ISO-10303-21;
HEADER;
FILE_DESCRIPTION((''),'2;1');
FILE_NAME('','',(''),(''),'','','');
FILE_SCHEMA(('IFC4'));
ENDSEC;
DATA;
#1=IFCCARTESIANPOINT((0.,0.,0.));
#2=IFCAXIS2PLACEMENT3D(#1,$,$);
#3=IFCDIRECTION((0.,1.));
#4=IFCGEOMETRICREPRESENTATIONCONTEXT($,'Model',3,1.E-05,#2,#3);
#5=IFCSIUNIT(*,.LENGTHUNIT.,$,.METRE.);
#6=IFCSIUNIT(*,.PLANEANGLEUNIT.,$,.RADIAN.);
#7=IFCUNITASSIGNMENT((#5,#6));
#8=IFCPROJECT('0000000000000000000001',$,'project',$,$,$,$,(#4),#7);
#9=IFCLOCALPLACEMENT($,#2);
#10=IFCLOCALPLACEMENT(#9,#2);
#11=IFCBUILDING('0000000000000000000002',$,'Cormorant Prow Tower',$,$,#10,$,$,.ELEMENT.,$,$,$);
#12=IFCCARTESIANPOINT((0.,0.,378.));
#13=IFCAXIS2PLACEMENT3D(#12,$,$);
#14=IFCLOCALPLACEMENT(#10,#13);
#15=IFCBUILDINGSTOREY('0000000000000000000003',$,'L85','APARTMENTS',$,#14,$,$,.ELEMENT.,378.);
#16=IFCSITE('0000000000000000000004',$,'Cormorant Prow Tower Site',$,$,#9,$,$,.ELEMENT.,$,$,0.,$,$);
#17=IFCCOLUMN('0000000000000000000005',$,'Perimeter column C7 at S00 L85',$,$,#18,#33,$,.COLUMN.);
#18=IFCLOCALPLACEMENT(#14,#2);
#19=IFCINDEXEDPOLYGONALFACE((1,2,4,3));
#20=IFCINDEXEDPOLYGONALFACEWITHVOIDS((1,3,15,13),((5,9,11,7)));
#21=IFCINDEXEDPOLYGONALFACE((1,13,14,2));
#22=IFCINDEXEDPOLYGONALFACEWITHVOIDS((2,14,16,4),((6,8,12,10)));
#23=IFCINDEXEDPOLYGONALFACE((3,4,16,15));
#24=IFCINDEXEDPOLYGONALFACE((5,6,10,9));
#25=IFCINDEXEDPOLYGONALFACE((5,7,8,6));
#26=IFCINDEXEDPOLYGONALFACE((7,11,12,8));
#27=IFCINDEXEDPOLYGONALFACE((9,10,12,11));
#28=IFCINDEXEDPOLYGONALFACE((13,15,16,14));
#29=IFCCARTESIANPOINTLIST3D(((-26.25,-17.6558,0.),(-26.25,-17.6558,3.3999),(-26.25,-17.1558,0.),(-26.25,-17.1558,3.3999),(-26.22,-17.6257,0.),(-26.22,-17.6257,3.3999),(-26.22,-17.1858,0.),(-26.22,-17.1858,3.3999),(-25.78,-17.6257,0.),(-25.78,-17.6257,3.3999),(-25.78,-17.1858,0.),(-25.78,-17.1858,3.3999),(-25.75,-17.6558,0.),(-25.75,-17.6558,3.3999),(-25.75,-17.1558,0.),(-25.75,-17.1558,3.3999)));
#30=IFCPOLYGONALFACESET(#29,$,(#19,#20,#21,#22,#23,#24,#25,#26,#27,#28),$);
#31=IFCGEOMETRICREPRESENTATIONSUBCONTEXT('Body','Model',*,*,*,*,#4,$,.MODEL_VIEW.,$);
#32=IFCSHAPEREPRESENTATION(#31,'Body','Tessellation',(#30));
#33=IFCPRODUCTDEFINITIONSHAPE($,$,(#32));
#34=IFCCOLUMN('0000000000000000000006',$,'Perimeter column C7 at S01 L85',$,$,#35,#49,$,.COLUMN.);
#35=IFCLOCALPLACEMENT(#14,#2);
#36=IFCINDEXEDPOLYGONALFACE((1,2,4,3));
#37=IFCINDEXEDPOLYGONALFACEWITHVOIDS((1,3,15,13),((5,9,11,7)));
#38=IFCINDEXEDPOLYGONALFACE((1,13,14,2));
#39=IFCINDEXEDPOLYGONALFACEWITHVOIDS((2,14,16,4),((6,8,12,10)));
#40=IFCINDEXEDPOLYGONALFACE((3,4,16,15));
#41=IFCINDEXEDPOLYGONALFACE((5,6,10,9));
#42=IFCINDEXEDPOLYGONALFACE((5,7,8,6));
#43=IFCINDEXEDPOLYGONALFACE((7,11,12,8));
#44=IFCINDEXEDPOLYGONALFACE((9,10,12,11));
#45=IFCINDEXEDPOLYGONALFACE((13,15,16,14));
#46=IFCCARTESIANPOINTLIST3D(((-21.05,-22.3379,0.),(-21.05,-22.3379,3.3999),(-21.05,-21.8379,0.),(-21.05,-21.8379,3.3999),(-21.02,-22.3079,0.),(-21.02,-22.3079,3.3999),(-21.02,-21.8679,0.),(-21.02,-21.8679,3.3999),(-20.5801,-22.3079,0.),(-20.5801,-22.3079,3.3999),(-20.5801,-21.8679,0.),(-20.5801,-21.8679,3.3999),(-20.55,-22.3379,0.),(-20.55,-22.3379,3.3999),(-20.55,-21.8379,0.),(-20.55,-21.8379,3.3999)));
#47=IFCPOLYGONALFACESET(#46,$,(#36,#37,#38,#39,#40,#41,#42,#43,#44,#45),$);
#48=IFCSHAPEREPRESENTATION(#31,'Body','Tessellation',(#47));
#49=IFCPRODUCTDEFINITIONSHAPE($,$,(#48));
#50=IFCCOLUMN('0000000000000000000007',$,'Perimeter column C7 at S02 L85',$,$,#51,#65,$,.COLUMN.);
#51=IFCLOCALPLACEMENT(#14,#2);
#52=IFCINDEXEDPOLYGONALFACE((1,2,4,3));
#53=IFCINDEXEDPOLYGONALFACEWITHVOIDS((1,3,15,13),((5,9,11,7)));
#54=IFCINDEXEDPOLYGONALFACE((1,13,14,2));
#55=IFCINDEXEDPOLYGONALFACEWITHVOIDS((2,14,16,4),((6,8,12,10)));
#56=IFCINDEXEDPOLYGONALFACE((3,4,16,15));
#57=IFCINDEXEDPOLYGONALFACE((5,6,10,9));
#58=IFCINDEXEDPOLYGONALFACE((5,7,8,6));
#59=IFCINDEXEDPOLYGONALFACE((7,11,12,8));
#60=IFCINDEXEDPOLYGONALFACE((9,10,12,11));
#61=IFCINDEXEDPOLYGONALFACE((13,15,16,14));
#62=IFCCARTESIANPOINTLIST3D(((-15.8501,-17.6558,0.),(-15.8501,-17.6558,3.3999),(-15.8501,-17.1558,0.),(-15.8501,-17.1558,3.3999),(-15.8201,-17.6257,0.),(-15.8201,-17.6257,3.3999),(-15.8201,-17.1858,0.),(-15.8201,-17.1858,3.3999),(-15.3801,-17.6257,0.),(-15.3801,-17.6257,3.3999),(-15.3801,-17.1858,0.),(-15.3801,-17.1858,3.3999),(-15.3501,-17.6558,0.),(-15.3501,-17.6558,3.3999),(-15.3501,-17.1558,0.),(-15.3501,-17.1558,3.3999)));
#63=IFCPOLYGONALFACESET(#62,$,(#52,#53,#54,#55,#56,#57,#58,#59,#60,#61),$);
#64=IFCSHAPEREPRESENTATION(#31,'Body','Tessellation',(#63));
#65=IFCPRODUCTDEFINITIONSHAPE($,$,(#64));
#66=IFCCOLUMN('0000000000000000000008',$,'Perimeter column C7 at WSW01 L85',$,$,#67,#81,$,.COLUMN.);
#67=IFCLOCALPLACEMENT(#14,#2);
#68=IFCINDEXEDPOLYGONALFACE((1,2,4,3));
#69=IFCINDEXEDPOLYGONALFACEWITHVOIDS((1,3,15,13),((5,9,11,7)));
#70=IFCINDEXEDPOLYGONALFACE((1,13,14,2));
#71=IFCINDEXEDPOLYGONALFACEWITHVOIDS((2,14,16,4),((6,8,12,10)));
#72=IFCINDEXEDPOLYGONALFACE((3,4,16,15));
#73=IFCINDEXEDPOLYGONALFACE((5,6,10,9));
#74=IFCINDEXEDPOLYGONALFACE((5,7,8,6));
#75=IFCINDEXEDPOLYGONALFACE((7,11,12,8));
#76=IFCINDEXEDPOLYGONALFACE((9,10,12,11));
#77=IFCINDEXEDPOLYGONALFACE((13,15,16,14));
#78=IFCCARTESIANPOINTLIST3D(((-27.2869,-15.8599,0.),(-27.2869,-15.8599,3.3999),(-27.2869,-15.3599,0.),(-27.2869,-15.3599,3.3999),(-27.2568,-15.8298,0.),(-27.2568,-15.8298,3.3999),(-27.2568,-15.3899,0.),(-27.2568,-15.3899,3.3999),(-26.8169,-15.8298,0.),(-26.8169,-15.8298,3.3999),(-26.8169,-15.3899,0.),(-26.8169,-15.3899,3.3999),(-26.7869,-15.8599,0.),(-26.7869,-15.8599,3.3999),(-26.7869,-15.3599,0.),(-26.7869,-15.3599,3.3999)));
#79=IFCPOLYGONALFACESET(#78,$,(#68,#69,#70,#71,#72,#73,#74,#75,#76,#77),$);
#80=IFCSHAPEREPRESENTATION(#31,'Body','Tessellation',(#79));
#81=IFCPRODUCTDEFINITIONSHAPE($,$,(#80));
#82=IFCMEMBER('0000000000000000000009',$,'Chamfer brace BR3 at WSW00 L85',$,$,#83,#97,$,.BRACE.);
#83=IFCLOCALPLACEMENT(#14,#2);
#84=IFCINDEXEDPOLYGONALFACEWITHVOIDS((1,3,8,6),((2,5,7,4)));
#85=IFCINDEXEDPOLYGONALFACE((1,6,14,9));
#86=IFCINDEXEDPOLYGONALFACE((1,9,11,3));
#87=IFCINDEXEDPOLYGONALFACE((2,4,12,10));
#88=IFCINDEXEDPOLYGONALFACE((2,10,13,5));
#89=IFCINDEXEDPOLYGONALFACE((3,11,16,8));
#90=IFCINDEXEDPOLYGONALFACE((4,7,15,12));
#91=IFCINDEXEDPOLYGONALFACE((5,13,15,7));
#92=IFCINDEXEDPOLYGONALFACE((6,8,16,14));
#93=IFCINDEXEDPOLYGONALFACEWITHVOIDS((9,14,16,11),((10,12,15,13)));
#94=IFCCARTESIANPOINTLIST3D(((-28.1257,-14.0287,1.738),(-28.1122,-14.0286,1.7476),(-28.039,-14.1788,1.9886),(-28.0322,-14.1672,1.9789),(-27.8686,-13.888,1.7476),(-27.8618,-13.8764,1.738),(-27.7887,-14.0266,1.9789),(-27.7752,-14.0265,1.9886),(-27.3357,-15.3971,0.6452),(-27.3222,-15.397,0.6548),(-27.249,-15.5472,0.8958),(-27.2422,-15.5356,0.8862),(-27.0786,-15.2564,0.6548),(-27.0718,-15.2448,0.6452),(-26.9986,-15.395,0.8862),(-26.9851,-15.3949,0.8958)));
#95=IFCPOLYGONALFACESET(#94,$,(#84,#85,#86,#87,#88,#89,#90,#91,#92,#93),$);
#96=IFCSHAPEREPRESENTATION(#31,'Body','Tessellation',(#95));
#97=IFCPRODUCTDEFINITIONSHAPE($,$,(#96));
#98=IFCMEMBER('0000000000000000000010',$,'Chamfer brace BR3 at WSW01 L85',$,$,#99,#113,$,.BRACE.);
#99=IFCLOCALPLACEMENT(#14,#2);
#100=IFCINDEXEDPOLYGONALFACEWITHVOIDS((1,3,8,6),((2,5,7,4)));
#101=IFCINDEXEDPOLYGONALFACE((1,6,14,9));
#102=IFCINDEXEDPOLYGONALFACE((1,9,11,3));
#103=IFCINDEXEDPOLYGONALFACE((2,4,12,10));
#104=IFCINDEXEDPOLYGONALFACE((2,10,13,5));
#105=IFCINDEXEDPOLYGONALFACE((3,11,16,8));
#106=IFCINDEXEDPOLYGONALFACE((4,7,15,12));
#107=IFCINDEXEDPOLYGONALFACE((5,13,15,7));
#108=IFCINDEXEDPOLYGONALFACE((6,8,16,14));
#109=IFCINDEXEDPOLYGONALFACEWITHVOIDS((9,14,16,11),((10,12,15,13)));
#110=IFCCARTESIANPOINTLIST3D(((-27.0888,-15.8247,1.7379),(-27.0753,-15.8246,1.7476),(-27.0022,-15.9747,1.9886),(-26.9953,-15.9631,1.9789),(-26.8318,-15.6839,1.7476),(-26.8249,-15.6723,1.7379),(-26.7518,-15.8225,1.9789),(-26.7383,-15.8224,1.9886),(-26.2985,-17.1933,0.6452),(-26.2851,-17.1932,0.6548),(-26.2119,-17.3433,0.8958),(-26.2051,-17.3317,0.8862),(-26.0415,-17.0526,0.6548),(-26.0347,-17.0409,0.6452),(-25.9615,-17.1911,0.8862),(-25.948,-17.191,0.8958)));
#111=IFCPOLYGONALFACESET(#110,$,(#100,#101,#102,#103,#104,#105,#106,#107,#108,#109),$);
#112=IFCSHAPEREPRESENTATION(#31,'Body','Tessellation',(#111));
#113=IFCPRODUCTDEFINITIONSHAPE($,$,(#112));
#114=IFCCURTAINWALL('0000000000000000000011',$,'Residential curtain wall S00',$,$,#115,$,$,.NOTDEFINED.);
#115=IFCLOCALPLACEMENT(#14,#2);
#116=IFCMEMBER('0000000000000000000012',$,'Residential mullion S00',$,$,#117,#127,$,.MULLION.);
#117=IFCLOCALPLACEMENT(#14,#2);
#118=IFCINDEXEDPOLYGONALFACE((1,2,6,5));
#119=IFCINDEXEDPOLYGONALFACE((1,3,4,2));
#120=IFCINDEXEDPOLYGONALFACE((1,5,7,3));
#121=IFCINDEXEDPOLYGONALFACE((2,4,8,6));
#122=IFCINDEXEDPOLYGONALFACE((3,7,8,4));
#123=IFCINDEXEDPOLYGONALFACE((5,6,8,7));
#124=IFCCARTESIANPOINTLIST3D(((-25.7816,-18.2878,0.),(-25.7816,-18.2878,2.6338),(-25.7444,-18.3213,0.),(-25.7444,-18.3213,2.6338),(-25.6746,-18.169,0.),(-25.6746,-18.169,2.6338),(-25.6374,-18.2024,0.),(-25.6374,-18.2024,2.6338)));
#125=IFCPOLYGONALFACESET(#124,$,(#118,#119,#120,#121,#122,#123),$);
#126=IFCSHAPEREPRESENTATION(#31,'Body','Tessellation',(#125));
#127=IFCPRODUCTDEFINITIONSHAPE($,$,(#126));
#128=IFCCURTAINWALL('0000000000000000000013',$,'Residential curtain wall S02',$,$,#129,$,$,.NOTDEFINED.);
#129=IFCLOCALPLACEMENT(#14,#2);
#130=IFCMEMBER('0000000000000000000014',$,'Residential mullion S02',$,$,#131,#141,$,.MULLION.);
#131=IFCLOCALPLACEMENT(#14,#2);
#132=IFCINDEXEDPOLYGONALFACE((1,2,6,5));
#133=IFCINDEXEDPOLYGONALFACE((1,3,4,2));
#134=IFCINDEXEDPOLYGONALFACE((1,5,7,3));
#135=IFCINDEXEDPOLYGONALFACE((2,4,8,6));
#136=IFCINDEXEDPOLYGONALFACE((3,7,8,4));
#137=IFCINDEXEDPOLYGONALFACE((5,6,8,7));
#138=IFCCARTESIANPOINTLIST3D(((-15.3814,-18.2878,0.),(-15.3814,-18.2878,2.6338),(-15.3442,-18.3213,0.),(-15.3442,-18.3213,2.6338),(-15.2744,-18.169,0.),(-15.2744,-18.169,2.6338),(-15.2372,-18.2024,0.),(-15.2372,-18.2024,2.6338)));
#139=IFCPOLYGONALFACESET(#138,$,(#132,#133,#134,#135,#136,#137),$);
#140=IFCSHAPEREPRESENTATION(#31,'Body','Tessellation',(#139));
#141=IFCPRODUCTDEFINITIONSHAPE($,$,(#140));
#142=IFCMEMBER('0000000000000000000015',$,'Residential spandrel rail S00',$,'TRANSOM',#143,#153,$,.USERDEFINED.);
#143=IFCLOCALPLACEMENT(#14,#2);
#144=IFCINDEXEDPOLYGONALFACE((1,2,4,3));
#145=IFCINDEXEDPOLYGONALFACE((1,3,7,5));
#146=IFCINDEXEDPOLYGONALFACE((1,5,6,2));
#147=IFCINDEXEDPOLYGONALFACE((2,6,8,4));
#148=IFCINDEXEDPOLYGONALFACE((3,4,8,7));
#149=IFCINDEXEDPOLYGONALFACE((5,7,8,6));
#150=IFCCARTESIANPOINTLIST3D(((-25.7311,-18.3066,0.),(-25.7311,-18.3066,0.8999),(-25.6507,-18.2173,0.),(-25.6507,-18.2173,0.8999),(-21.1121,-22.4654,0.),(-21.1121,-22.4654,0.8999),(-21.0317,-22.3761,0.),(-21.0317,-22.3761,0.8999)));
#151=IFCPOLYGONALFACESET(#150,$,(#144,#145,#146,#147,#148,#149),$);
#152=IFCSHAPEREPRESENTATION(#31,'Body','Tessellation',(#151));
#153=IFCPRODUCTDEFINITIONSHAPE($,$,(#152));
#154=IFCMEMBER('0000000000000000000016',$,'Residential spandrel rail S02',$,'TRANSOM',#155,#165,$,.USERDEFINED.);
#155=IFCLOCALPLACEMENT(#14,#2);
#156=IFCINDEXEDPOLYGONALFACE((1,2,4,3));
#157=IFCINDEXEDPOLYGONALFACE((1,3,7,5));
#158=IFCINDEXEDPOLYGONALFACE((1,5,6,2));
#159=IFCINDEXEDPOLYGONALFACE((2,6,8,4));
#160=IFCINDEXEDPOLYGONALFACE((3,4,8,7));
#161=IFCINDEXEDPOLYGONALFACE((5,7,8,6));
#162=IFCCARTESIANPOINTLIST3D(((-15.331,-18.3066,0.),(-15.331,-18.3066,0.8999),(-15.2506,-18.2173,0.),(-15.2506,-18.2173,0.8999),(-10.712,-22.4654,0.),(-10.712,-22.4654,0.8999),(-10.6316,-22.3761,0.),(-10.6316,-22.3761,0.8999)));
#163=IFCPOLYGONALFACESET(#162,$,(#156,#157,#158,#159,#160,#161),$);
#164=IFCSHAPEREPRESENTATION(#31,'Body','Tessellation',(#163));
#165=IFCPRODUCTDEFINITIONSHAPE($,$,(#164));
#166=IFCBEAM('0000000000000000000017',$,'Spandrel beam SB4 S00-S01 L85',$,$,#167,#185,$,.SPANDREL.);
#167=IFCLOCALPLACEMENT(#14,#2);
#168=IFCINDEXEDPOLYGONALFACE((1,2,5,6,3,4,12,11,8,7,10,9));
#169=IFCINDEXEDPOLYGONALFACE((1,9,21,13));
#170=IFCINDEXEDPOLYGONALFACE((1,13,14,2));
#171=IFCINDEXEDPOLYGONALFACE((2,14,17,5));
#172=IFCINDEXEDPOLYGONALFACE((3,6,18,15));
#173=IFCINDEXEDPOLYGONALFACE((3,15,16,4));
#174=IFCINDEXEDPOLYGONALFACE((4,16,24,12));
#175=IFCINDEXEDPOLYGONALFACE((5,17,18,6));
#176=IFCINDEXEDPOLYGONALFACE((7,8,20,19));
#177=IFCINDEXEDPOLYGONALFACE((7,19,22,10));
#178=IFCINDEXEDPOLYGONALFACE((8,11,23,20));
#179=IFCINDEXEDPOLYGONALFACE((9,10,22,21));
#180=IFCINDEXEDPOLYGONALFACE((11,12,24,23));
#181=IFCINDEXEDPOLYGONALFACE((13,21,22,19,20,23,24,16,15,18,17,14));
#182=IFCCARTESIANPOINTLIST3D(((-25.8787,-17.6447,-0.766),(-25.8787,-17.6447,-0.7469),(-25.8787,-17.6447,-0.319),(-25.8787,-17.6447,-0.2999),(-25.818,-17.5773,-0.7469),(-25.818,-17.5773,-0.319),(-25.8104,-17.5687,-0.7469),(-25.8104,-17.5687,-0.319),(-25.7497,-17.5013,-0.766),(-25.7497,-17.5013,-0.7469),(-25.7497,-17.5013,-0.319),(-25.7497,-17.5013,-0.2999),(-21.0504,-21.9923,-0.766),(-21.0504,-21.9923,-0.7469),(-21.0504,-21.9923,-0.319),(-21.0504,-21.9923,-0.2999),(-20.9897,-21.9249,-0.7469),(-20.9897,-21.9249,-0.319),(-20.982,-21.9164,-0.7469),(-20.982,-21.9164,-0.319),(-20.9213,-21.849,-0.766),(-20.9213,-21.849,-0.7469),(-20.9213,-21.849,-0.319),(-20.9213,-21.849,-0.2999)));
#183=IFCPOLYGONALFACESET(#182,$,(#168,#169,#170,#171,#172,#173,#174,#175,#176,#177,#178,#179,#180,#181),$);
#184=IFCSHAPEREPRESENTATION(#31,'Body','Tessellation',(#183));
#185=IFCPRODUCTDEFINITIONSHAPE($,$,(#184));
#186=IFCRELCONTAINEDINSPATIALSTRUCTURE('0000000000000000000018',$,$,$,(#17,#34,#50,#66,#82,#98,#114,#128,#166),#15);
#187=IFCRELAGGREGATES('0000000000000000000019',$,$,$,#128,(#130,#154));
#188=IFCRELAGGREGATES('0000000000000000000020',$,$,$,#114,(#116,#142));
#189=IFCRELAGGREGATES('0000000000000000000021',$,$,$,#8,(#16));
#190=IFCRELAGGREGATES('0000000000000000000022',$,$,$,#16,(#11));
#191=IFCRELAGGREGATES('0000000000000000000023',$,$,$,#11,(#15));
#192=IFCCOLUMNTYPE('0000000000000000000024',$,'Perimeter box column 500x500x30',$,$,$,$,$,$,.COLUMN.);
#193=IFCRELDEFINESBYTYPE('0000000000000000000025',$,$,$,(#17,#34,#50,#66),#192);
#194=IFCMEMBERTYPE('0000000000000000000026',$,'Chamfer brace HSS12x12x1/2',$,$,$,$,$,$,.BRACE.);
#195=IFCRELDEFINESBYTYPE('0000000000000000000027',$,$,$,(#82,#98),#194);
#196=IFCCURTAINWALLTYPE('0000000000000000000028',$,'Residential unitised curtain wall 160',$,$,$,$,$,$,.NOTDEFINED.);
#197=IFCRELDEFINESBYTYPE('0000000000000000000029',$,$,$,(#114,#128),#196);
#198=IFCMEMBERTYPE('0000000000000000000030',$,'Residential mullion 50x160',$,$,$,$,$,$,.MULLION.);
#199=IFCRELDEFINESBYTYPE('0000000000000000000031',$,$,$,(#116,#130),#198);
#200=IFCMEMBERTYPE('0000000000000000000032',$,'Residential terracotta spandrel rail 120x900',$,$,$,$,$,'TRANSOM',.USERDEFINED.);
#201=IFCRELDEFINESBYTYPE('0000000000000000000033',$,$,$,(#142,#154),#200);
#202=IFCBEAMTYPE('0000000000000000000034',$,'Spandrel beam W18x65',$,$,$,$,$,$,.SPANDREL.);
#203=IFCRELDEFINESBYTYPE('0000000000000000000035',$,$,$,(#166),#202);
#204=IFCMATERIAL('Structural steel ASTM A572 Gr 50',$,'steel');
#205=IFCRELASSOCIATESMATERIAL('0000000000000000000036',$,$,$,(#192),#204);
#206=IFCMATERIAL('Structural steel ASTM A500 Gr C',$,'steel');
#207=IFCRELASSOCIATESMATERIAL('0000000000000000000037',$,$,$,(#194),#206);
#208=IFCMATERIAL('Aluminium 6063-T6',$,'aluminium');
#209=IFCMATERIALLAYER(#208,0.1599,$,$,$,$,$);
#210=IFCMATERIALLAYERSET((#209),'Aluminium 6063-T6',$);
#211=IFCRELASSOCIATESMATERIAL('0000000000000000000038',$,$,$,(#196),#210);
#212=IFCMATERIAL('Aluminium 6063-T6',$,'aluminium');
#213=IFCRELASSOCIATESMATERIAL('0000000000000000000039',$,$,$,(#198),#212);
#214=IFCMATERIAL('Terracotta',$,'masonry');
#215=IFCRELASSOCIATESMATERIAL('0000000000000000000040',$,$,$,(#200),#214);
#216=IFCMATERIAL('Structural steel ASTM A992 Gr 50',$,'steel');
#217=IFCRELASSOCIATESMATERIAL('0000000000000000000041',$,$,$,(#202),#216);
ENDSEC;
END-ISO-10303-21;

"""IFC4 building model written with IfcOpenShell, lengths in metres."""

from ifc_helpers import new_model, si_unit, direction, frame, origin, origin_2d, place, context, subcontext, project, spatial, rectangle, hollow_rectangle, i_section, extrude, material, layer, layer_set, material_profile, profile_set, type_object, element, aggregate, save


model = new_model("IFC4")

# Units and contexts
model_context = context("Model", 3, precision=1e-05, world=origin(), true_north=direction((0.0, 1.0)))
body_context = subcontext(model_context, "Body", "Model", "MODEL_VIEW")
ifc_project = project(units=[si_unit("LENGTHUNIT", "METRE"), si_unit("PLANEANGLEUNIT", "RADIAN")], contexts=[model_context])

# Site, building, storey
site_placement = place(None, origin())
site = spatial("IfcSite", under=ifc_project, at=site_placement, Name="Cormorant Prow Tower Site", CompositionType="ELEMENT", RefElevation=0.0)
building_placement = place(site_placement, origin())
building = spatial("IfcBuilding", under=site, at=building_placement, Name="Cormorant Prow Tower", CompositionType="ELEMENT")
storey_placement = place(building_placement, frame((0.0, 0.0, 378.0)))
storey = spatial("IfcBuildingStorey", under=building, at=storey_placement, Name="L85", Description="APARTMENTS", CompositionType="ELEMENT", Elevation=378.0)

# Columns
ifc_material_1 = material(Name="Structural steel ASTM A572 Gr 50", Category="steel")
ifc_material_profile_1 = material_profile(ifc_material_1, hollow_rectangle(XDim=0.5, YDim=0.5, WallThickness=0.03, at=origin_2d()), Name="Box 500x500x30")
ifc_profile_set_1 = profile_set([ifc_material_profile_1], Name="Structural steel ASTM A572 Gr 50")
column_type = type_object("IfcColumnType", Name="Perimeter box column 500x500x30", PredefinedType="COLUMN", material=ifc_profile_set_1)
for number, where, z_axis, x_axis, name in (
    (1, (-26.0, -17.4058, 0.0), (0.0, 0.0, 1.0), (1.0, 0.0, 0.0), "Perimeter column C7 at S00 L85"),
    (2, (-20.8, -22.0879, 0.0), (0.0, 0.0, 1.0), (1.0, 0.0, 0.0), "Perimeter column C7 at S01 L85"),
    (3, (-15.6001, -17.4058, 0.0), (0.0, 0.0, 1.0), (1.0, 0.0, 0.0), "Perimeter column C7 at S02 L85"),
    (4, (-27.0369, -15.6099, 0.0), (0.0, 0.0, 1.0), (1.0, 0.0, 0.0), "Perimeter column C7 at WSW01 L85"),
):
    element("IfcColumn", number, at=place(storey_placement, frame(where, z_axis=z_axis, x_axis=x_axis)), inside=storey, type_object=column_type, Name=name, PredefinedType="COLUMN", context=body_context, shape_type="SweptSolid", body=[
        extrude(hollow_rectangle(XDim=0.5, YDim=0.5, WallThickness=0.03, at=origin_2d()), origin(), (0.0, 0.0, 1.0), 3.3999),
    ])

# Members
ifc_material_2 = material(Name="Structural steel ASTM A500 Gr C", Category="steel")
ifc_material_profile_2 = material_profile(ifc_material_2, hollow_rectangle(XDim=0.3047, YDim=0.3047, WallThickness=0.0117, at=origin_2d()), Name="HSS12x12x1/2")
ifc_profile_set_2 = profile_set([ifc_material_profile_2], Name="Structural steel ASTM A500 Gr C")
member_type_1 = type_object("IfcMemberType", Name="Chamfer brace HSS12x12x1/2", PredefinedType="BRACE", material=ifc_profile_set_2)
member_1_placement = place(storey_placement, frame((-27.1604, -15.396, 0.7705), z_axis=(-0.41123, 0.712282, 0.568809), x_axis=(-0.866029, -0.499994, 0.0)))
element("IfcMember", 5, at=member_1_placement, inside=storey, type_object=member_type_1, Name="Chamfer brace BR3 at WSW00 L85", PredefinedType="BRACE", context=body_context, shape_type="SweptSolid", body=[
    extrude(hollow_rectangle(XDim=0.3047, YDim=0.3047, WallThickness=0.0117, at=origin_2d()), origin(), (0.0, 0.0, 1.0), 1.9211),
])
member_2_placement = place(storey_placement, frame((-26.1233, -17.1921, 0.7705), z_axis=(-0.411299, 0.712308, 0.568728), x_axis=(-0.866, -0.500043, 0.0)))
element("IfcMember", 6, at=member_2_placement, inside=storey, type_object=member_type_1, Name="Chamfer brace BR3 at WSW01 L85", PredefinedType="BRACE", context=body_context, shape_type="SweptSolid", body=[
    extrude(hollow_rectangle(XDim=0.3047, YDim=0.3047, WallThickness=0.0117, at=origin_2d()), origin(), (0.0, 0.0, 1.0), 1.9214),
])

# Curtain walls, members
ifc_material_3 = material(Name="Aluminium 6063-T6", Category="aluminium")
ifc_layer_1 = layer(ifc_material_3, 0.1599)
ifc_layer_set_1 = layer_set([ifc_layer_1], Name="Aluminium 6063-T6")
curtain_wall_type = type_object("IfcCurtainWallType", Name="Residential unitised curtain wall 160", PredefinedType="NOTDEFINED", material=ifc_layer_set_1)
curtain_wall_1_placement = place(storey_placement, origin())
curtain_wall_1 = element("IfcCurtainWall", 7, at=curtain_wall_1_placement, inside=storey, type_object=curtain_wall_type, Name="Residential curtain wall S00", PredefinedType="NOTDEFINED")
ifc_material_4 = material(Name="Aluminium 6063-T6", Category="aluminium")
ifc_material_profile_3 = material_profile(ifc_material_4, rectangle(XDim=0.1599, YDim=0.05, at=origin_2d()), Name="Residential mullion 50x160")
ifc_profile_set_3 = profile_set([ifc_material_profile_3], Name="Aluminium 6063-T6")
member_type_2 = type_object("IfcMemberType", Name="Residential mullion 50x160", PredefinedType="MULLION", material=ifc_profile_set_3)
member_3_placement = place(storey_placement, frame((-25.7095, -18.2451, 0.0), z_axis=(0.0, 0.0, 1.0), x_axis=(0.669131, 0.743145, 0.0)))
member_3 = element("IfcMember", 8, at=member_3_placement, type_object=member_type_2, Name="Residential mullion S00", PredefinedType="MULLION", context=body_context, shape_type="SweptSolid", body=[
    extrude(rectangle(XDim=0.1599, YDim=0.05, at=origin_2d()), origin(), (0.0, 0.0, 1.0), 2.6338),
])
curtain_wall_2_placement = place(storey_placement, origin())
curtain_wall_2 = element("IfcCurtainWall", 9, at=curtain_wall_2_placement, inside=storey, type_object=curtain_wall_type, Name="Residential curtain wall S02", PredefinedType="NOTDEFINED")
member_4_placement = place(storey_placement, frame((-15.3093, -18.2451, 0.0), z_axis=(0.0, 0.0, 1.0), x_axis=(0.669131, 0.743145, 0.0)))
member_4 = element("IfcMember", 10, at=member_4_placement, type_object=member_type_2, Name="Residential mullion S02", PredefinedType="MULLION", context=body_context, shape_type="SweptSolid", body=[
    extrude(rectangle(XDim=0.1599, YDim=0.05, at=origin_2d()), origin(), (0.0, 0.0, 1.0), 2.6338),
])

# Members
ifc_material_5 = material(Name="Terracotta", Category="masonry")
ifc_material_profile_4 = material_profile(ifc_material_5, rectangle(XDim=0.1201, YDim=0.8999, at=origin_2d()), Name="Residential terracotta spandrel rail 120x900")
ifc_profile_set_4 = profile_set([ifc_material_profile_4], Name="Terracotta")
member_type_3 = type_object("IfcMemberType", Name="Residential terracotta spandrel rail 120x900", ElementType="TRANSOM", PredefinedType="USERDEFINED", material=ifc_profile_set_4)
member_5_placement = place(storey_placement, frame((-25.6909, -18.262, 0.45), z_axis=(0.743159, -0.669114, 0.0), x_axis=(0.669114, 0.743159, 0.0)))
member_5 = element("IfcMember", 11, at=member_5_placement, type_object=member_type_3, Name="Residential spandrel rail S00", ObjectType="TRANSOM", PredefinedType="USERDEFINED", context=body_context, shape_type="SweptSolid", body=[
    extrude(rectangle(XDim=0.1201, YDim=0.8999, at=origin_2d()), origin(), (0.0, 0.0, 1.0), 6.2153),
])
member_6_placement = place(storey_placement, frame((-15.2908, -18.262, 0.45), z_axis=(0.743159, -0.669114, 0.0), x_axis=(0.669114, 0.743159, 0.0)))
member_6 = element("IfcMember", 12, at=member_6_placement, type_object=member_type_3, Name="Residential spandrel rail S02", ObjectType="TRANSOM", PredefinedType="USERDEFINED", context=body_context, shape_type="SweptSolid", body=[
    extrude(rectangle(XDim=0.1201, YDim=0.8999, at=origin_2d()), origin(), (0.0, 0.0, 1.0), 6.2153),
])
aggregate(curtain_wall_2, [member_4, member_6])

# Beam
ifc_material_6 = material(Name="Structural steel ASTM A992 Gr 50", Category="steel")
ifc_material_profile_5 = material_profile(ifc_material_6, i_section(OverallWidth=0.1929, OverallDepth=0.4661, WebThickness=0.0115, FlangeThickness=0.019, at=origin_2d()), Name="W18x65")
ifc_profile_set_5 = profile_set([ifc_material_profile_5], Name="Structural steel ASTM A992 Gr 50")
beam_type = type_object("IfcBeamType", Name="Spandrel beam W18x65", PredefinedType="SPANDREL", material=ifc_profile_set_5)
for number, where, z_axis, x_axis, name in (
    (13, (-25.8142, -17.573, -0.533), (0.743132, -0.669145, 0.0), (0.669145, 0.743132, 0.0), "Spandrel beam SB4 S00-S01 L85"),
):
    element("IfcBeam", number, at=place(storey_placement, frame(where, z_axis=z_axis, x_axis=x_axis)), inside=storey, type_object=beam_type, Name=name, PredefinedType="SPANDREL", context=body_context, shape_type="SweptSolid", body=[
        extrude(i_section(OverallWidth=0.1929, OverallDepth=0.4661, WebThickness=0.0115, FlangeThickness=0.019, at=origin_2d()), origin(), (0.0, 0.0, 1.0), 6.4973),
    ])

aggregate(curtain_wall_1, [member_3, member_5])

save(model, "model.ifc")
